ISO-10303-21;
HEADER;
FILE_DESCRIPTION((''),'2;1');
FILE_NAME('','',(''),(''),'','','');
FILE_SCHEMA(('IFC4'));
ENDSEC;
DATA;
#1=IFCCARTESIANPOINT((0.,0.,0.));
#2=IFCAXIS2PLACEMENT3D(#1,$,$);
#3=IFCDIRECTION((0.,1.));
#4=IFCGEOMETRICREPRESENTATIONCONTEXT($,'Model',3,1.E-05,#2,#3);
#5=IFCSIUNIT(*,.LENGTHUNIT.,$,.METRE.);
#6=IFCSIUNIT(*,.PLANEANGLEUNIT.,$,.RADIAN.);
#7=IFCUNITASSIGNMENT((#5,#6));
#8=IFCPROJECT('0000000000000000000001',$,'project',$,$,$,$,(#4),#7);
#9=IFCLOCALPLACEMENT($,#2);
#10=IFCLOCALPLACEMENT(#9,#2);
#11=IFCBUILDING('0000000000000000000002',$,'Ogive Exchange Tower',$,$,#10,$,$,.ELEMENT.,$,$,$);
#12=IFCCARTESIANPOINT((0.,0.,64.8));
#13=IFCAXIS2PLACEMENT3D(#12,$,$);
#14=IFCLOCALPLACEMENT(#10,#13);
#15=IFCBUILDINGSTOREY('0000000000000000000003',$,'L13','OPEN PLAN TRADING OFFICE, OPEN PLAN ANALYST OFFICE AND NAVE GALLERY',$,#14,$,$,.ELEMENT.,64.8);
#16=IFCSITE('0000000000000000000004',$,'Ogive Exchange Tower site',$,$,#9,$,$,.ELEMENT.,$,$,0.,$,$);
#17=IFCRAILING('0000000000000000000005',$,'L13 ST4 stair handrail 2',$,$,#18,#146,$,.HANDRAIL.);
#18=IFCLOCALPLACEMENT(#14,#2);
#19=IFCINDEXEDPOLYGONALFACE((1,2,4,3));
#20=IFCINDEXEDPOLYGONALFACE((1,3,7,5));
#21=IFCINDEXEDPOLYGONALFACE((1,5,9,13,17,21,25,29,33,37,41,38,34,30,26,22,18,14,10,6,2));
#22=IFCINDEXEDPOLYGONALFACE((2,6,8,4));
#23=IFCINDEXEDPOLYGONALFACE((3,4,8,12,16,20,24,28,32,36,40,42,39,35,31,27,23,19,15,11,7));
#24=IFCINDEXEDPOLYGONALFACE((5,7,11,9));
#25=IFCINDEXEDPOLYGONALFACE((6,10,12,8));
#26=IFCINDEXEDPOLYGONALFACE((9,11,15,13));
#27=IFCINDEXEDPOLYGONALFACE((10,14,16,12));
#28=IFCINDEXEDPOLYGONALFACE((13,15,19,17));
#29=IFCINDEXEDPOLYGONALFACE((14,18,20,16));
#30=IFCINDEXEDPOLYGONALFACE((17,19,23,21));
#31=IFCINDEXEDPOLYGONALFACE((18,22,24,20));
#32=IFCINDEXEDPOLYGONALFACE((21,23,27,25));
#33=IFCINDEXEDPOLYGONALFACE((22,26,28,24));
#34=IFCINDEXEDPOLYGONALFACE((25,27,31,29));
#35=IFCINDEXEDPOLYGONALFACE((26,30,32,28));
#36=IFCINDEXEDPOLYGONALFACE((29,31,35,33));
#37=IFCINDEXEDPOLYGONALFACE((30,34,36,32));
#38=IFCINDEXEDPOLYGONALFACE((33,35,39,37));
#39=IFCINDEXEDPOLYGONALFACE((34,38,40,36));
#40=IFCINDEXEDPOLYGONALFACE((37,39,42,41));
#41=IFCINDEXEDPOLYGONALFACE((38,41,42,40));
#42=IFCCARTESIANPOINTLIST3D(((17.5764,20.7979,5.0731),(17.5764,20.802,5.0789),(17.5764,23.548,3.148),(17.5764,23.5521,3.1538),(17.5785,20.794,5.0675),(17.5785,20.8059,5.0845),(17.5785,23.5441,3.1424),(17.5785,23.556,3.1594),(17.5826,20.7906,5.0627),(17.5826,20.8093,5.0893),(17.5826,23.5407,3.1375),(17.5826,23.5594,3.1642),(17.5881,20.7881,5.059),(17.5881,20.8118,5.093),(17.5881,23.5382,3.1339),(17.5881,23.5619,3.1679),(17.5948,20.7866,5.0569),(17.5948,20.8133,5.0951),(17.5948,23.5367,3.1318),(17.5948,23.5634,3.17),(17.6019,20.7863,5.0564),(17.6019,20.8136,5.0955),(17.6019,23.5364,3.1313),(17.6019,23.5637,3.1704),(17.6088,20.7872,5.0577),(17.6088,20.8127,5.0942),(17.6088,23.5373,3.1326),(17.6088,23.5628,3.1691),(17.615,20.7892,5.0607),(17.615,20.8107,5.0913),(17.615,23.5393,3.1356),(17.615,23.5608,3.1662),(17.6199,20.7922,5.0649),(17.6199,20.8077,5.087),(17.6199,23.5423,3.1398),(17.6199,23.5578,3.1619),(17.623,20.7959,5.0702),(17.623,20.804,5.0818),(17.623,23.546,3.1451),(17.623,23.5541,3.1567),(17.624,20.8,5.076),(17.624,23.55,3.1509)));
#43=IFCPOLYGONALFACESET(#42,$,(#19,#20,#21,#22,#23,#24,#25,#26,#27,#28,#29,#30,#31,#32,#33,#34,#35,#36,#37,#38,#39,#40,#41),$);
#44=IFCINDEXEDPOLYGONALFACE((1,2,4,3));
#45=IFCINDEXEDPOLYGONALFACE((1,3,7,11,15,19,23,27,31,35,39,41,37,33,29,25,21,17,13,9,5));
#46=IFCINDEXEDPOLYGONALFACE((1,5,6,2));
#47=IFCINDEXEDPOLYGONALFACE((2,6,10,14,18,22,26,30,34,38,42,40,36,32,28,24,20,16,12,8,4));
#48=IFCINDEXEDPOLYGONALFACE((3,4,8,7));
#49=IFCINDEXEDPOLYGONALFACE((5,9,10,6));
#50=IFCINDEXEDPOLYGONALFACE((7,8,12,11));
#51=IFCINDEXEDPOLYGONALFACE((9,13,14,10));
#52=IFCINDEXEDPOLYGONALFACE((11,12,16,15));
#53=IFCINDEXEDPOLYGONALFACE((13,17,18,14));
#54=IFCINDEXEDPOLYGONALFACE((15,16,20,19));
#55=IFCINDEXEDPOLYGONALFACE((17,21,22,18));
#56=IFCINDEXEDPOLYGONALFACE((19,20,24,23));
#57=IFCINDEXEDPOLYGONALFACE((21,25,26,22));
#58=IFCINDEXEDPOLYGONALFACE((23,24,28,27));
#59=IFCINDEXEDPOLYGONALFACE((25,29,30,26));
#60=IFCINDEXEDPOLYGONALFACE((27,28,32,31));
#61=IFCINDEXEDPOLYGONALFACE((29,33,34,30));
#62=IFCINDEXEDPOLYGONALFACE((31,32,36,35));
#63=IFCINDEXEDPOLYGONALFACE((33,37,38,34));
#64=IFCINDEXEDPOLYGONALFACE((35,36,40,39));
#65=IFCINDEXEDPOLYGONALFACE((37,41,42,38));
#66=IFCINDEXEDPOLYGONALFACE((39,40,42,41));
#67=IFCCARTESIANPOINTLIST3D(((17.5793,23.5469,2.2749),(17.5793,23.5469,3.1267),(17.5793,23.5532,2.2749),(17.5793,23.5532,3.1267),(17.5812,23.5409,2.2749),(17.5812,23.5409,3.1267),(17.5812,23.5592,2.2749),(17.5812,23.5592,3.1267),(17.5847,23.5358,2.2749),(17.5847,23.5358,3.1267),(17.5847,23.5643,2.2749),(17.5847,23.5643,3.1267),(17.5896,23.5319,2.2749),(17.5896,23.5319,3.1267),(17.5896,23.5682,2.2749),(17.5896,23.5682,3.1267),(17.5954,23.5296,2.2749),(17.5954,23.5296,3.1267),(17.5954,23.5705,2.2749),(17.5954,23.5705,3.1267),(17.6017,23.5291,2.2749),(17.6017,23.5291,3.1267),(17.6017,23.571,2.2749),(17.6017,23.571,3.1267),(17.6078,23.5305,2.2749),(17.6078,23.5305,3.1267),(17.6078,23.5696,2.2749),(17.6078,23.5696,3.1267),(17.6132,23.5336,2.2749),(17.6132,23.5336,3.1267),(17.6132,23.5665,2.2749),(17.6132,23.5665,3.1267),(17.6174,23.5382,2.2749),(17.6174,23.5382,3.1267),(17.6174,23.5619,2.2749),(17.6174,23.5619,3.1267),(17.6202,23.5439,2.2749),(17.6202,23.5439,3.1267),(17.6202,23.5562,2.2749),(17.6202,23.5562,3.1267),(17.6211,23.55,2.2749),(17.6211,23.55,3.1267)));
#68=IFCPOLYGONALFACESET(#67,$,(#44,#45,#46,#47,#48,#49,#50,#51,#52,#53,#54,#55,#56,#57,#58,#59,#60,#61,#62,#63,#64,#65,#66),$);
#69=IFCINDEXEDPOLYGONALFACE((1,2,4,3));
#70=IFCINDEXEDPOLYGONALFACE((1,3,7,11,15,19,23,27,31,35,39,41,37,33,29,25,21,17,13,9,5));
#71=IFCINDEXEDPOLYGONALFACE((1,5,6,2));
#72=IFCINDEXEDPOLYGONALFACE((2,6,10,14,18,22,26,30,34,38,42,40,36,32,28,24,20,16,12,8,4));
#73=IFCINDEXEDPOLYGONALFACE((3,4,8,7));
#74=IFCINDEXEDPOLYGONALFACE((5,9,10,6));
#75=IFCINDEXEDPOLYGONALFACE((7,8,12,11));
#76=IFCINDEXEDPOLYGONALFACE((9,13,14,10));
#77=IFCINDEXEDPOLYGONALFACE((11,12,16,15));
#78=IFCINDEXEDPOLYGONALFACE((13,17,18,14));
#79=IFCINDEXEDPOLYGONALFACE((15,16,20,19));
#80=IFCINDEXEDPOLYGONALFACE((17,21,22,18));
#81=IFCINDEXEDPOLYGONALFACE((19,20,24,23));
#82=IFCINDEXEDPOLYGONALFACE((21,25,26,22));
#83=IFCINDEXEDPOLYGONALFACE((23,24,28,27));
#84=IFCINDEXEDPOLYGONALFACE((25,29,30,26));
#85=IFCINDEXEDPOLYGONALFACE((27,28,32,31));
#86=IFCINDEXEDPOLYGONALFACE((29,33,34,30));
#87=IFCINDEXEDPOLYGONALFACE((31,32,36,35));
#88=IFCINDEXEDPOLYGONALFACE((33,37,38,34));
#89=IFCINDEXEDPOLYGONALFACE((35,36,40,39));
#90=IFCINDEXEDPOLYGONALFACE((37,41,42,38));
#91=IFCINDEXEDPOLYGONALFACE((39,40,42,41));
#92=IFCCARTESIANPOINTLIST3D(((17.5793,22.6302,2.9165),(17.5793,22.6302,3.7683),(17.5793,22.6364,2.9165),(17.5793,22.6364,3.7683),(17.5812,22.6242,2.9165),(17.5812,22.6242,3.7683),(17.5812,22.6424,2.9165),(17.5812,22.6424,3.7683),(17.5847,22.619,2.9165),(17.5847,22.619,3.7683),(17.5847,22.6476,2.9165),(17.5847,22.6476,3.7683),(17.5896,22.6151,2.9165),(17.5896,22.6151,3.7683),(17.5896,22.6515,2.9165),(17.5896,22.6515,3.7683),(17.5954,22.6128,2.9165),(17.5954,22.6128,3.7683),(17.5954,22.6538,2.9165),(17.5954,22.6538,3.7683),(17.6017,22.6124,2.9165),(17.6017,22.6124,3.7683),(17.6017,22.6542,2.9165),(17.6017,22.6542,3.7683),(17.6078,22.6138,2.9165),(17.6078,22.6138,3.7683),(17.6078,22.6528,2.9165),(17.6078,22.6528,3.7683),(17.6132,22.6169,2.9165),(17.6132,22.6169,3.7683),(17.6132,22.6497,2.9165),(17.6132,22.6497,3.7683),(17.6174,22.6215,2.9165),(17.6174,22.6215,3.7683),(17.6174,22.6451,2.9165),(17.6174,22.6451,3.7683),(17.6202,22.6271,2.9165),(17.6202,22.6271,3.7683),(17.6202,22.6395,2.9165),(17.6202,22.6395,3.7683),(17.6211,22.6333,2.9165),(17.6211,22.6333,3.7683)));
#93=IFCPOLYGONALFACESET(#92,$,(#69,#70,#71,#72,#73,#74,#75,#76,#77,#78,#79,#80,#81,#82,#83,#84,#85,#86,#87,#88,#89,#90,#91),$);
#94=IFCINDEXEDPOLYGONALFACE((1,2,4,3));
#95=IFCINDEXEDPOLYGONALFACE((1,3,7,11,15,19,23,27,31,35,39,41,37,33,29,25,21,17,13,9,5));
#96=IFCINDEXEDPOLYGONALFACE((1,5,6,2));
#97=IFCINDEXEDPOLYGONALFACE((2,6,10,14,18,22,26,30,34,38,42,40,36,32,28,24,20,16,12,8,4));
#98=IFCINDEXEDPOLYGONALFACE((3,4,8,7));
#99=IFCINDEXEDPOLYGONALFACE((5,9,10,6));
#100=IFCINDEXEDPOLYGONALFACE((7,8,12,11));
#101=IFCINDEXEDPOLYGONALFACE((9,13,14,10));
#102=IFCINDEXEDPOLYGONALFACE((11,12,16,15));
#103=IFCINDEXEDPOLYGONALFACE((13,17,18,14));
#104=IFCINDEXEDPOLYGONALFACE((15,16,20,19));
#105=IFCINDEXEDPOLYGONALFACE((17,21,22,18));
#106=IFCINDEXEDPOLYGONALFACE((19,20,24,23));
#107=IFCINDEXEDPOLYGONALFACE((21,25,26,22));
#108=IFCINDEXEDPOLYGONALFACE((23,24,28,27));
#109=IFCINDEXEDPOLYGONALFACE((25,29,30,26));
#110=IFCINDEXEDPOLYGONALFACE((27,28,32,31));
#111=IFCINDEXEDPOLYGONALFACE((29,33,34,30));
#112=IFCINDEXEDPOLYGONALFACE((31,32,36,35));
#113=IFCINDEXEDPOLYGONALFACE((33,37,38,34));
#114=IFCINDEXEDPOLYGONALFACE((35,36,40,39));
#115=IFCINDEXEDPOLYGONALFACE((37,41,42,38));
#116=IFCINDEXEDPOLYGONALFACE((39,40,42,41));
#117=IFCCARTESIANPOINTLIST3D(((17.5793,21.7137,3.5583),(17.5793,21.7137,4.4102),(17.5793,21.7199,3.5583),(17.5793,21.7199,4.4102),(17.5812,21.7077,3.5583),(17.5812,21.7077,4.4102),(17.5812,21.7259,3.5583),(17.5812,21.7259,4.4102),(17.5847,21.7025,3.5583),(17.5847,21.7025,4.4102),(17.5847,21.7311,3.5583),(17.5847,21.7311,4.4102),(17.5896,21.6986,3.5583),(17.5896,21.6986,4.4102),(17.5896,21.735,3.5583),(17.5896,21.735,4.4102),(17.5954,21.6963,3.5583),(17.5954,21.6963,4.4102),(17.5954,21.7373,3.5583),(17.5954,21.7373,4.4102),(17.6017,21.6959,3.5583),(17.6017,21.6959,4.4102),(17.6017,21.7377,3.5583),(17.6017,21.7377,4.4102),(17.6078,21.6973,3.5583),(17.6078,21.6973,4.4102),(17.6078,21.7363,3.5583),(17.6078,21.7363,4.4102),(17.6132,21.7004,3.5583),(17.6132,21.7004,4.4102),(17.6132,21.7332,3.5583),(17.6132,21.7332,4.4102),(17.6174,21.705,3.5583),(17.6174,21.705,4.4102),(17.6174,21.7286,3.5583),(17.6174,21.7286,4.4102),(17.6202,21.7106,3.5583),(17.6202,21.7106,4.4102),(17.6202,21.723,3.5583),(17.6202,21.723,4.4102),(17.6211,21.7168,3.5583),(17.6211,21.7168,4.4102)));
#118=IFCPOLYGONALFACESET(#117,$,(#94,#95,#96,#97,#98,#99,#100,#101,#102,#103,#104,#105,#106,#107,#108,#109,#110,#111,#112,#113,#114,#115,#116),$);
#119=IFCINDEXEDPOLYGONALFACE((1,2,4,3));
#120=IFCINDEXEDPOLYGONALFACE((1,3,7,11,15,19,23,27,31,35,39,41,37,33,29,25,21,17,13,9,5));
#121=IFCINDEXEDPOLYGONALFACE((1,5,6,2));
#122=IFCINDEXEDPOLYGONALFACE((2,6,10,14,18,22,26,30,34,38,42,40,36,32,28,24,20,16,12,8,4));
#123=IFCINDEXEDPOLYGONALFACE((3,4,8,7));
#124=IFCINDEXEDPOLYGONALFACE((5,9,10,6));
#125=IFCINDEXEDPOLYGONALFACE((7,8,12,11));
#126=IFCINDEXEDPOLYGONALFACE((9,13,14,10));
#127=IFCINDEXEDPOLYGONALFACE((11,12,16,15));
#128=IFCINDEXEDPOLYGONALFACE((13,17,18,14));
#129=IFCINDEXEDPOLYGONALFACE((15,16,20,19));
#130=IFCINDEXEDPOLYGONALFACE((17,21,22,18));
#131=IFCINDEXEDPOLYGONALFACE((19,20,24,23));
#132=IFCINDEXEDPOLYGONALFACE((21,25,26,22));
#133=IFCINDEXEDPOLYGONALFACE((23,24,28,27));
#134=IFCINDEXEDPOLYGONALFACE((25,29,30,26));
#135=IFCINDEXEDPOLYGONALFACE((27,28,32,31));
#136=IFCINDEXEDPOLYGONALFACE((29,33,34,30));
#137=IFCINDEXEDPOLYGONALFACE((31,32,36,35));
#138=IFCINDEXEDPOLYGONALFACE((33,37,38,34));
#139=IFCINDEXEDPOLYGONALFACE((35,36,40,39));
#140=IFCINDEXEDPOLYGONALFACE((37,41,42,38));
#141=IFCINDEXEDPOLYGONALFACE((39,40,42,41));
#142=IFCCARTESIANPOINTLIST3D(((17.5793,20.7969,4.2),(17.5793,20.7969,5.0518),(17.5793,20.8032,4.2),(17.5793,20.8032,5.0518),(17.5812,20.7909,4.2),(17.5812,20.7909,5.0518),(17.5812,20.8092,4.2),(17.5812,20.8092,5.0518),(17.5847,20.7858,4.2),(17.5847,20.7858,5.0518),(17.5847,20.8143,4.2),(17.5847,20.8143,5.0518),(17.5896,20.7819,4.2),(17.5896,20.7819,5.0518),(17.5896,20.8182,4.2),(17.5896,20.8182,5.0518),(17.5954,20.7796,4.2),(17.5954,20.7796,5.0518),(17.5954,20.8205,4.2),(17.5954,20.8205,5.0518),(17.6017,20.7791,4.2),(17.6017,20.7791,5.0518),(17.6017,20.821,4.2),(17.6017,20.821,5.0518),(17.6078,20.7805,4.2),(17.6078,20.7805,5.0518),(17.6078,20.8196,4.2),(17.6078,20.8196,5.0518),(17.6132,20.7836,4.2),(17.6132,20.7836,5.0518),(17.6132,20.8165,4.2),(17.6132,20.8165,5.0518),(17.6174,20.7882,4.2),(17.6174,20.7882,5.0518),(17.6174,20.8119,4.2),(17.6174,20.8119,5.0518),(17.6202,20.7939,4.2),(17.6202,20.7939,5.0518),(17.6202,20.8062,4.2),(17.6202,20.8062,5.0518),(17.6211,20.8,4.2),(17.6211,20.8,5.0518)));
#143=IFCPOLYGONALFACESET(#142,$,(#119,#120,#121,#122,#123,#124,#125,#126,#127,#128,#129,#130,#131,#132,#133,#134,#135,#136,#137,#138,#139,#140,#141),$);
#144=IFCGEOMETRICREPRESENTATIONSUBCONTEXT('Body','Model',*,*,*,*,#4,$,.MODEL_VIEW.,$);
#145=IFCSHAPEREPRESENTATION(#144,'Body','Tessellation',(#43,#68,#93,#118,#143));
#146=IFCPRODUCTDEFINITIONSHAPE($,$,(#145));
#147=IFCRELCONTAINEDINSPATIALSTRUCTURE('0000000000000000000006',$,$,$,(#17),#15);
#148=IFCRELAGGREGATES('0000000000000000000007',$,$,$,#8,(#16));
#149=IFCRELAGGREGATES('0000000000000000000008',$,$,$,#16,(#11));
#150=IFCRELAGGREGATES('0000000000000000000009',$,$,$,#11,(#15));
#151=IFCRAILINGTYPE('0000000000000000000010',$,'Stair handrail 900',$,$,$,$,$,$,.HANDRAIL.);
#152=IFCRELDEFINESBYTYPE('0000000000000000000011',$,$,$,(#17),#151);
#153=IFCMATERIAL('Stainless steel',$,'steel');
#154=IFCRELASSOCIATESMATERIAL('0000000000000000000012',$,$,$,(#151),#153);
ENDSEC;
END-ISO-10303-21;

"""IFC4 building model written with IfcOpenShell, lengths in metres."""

from ifc_helpers import new_model, si_unit, direction, frame, origin, origin_2d, place, context, subcontext, project, spatial, circle, extrude, material, type_object, element, save


model = new_model("IFC4")

# Units and contexts
model_context = context("Model", 3, precision=1e-05, world=origin(), true_north=direction((0.0, 1.0)))
body_context = subcontext(model_context, "Body", "Model", "MODEL_VIEW")
ifc_project = project(units=[si_unit("LENGTHUNIT", "METRE"), si_unit("PLANEANGLEUNIT", "RADIAN")], contexts=[model_context])

# Site, building, storey
site_placement = place(None, origin())
site = spatial("IfcSite", under=ifc_project, at=site_placement, Name="Ogive Exchange Tower site", CompositionType="ELEMENT", RefElevation=0.0)
building_placement = place(site_placement, origin())
building = spatial("IfcBuilding", under=site, at=building_placement, Name="Ogive Exchange Tower", CompositionType="ELEMENT")
storey_placement = place(building_placement, frame((0.0, 0.0, 64.8)))
storey = spatial("IfcBuildingStorey", under=building, at=storey_placement, Name="L13", Description="OPEN PLAN TRADING OFFICE, OPEN PLAN ANALYST OFFICE AND NAVE GALLERY", CompositionType="ELEMENT", Elevation=64.8)

# Railing
ifc_material_1 = material(Name="Stainless steel", Category="steel")
railing_type = type_object("IfcRailingType", Name="Stair handrail 900", PredefinedType="HANDRAIL", material=ifc_material_1)
railing_1_placement = place(storey_placement, frame((17.6001, 23.55, 2.2749)))
element("IfcRailing", 1, at=railing_1_placement, inside=storey, type_object=railing_type, Name="L13 ST4 stair handrail 2", PredefinedType="HANDRAIL", context=body_context, shape_type="SweptSolid", body=[
    extrude(circle(Radius=0.0239, at=origin_2d()), frame((0.0, 0.0, 0.876), z_axis=(0.0, -0.819225, 0.573472), x_axis=(1.0, 0.0, 0.0)), (0.0, 0.0, 1.0), 3.3569),
    extrude(circle(Radius=0.021, at=origin_2d()), origin(), (0.0, 0.0, 1.0), 0.8518),
    extrude(circle(Radius=0.021, at=origin_2d()), frame((0.0, -0.9167, 0.6416)), (0.0, 0.0, 1.0), 0.8518),
    extrude(circle(Radius=0.021, at=origin_2d()), frame((0.0, -1.8333, 1.2834)), (0.0, 0.0, 1.0), 0.8518),
    extrude(circle(Radius=0.021, at=origin_2d()), frame((0.0, -2.75, 1.925)), (0.0, 0.0, 1.0), 0.8518),
])

save(model, "model.ifc")
